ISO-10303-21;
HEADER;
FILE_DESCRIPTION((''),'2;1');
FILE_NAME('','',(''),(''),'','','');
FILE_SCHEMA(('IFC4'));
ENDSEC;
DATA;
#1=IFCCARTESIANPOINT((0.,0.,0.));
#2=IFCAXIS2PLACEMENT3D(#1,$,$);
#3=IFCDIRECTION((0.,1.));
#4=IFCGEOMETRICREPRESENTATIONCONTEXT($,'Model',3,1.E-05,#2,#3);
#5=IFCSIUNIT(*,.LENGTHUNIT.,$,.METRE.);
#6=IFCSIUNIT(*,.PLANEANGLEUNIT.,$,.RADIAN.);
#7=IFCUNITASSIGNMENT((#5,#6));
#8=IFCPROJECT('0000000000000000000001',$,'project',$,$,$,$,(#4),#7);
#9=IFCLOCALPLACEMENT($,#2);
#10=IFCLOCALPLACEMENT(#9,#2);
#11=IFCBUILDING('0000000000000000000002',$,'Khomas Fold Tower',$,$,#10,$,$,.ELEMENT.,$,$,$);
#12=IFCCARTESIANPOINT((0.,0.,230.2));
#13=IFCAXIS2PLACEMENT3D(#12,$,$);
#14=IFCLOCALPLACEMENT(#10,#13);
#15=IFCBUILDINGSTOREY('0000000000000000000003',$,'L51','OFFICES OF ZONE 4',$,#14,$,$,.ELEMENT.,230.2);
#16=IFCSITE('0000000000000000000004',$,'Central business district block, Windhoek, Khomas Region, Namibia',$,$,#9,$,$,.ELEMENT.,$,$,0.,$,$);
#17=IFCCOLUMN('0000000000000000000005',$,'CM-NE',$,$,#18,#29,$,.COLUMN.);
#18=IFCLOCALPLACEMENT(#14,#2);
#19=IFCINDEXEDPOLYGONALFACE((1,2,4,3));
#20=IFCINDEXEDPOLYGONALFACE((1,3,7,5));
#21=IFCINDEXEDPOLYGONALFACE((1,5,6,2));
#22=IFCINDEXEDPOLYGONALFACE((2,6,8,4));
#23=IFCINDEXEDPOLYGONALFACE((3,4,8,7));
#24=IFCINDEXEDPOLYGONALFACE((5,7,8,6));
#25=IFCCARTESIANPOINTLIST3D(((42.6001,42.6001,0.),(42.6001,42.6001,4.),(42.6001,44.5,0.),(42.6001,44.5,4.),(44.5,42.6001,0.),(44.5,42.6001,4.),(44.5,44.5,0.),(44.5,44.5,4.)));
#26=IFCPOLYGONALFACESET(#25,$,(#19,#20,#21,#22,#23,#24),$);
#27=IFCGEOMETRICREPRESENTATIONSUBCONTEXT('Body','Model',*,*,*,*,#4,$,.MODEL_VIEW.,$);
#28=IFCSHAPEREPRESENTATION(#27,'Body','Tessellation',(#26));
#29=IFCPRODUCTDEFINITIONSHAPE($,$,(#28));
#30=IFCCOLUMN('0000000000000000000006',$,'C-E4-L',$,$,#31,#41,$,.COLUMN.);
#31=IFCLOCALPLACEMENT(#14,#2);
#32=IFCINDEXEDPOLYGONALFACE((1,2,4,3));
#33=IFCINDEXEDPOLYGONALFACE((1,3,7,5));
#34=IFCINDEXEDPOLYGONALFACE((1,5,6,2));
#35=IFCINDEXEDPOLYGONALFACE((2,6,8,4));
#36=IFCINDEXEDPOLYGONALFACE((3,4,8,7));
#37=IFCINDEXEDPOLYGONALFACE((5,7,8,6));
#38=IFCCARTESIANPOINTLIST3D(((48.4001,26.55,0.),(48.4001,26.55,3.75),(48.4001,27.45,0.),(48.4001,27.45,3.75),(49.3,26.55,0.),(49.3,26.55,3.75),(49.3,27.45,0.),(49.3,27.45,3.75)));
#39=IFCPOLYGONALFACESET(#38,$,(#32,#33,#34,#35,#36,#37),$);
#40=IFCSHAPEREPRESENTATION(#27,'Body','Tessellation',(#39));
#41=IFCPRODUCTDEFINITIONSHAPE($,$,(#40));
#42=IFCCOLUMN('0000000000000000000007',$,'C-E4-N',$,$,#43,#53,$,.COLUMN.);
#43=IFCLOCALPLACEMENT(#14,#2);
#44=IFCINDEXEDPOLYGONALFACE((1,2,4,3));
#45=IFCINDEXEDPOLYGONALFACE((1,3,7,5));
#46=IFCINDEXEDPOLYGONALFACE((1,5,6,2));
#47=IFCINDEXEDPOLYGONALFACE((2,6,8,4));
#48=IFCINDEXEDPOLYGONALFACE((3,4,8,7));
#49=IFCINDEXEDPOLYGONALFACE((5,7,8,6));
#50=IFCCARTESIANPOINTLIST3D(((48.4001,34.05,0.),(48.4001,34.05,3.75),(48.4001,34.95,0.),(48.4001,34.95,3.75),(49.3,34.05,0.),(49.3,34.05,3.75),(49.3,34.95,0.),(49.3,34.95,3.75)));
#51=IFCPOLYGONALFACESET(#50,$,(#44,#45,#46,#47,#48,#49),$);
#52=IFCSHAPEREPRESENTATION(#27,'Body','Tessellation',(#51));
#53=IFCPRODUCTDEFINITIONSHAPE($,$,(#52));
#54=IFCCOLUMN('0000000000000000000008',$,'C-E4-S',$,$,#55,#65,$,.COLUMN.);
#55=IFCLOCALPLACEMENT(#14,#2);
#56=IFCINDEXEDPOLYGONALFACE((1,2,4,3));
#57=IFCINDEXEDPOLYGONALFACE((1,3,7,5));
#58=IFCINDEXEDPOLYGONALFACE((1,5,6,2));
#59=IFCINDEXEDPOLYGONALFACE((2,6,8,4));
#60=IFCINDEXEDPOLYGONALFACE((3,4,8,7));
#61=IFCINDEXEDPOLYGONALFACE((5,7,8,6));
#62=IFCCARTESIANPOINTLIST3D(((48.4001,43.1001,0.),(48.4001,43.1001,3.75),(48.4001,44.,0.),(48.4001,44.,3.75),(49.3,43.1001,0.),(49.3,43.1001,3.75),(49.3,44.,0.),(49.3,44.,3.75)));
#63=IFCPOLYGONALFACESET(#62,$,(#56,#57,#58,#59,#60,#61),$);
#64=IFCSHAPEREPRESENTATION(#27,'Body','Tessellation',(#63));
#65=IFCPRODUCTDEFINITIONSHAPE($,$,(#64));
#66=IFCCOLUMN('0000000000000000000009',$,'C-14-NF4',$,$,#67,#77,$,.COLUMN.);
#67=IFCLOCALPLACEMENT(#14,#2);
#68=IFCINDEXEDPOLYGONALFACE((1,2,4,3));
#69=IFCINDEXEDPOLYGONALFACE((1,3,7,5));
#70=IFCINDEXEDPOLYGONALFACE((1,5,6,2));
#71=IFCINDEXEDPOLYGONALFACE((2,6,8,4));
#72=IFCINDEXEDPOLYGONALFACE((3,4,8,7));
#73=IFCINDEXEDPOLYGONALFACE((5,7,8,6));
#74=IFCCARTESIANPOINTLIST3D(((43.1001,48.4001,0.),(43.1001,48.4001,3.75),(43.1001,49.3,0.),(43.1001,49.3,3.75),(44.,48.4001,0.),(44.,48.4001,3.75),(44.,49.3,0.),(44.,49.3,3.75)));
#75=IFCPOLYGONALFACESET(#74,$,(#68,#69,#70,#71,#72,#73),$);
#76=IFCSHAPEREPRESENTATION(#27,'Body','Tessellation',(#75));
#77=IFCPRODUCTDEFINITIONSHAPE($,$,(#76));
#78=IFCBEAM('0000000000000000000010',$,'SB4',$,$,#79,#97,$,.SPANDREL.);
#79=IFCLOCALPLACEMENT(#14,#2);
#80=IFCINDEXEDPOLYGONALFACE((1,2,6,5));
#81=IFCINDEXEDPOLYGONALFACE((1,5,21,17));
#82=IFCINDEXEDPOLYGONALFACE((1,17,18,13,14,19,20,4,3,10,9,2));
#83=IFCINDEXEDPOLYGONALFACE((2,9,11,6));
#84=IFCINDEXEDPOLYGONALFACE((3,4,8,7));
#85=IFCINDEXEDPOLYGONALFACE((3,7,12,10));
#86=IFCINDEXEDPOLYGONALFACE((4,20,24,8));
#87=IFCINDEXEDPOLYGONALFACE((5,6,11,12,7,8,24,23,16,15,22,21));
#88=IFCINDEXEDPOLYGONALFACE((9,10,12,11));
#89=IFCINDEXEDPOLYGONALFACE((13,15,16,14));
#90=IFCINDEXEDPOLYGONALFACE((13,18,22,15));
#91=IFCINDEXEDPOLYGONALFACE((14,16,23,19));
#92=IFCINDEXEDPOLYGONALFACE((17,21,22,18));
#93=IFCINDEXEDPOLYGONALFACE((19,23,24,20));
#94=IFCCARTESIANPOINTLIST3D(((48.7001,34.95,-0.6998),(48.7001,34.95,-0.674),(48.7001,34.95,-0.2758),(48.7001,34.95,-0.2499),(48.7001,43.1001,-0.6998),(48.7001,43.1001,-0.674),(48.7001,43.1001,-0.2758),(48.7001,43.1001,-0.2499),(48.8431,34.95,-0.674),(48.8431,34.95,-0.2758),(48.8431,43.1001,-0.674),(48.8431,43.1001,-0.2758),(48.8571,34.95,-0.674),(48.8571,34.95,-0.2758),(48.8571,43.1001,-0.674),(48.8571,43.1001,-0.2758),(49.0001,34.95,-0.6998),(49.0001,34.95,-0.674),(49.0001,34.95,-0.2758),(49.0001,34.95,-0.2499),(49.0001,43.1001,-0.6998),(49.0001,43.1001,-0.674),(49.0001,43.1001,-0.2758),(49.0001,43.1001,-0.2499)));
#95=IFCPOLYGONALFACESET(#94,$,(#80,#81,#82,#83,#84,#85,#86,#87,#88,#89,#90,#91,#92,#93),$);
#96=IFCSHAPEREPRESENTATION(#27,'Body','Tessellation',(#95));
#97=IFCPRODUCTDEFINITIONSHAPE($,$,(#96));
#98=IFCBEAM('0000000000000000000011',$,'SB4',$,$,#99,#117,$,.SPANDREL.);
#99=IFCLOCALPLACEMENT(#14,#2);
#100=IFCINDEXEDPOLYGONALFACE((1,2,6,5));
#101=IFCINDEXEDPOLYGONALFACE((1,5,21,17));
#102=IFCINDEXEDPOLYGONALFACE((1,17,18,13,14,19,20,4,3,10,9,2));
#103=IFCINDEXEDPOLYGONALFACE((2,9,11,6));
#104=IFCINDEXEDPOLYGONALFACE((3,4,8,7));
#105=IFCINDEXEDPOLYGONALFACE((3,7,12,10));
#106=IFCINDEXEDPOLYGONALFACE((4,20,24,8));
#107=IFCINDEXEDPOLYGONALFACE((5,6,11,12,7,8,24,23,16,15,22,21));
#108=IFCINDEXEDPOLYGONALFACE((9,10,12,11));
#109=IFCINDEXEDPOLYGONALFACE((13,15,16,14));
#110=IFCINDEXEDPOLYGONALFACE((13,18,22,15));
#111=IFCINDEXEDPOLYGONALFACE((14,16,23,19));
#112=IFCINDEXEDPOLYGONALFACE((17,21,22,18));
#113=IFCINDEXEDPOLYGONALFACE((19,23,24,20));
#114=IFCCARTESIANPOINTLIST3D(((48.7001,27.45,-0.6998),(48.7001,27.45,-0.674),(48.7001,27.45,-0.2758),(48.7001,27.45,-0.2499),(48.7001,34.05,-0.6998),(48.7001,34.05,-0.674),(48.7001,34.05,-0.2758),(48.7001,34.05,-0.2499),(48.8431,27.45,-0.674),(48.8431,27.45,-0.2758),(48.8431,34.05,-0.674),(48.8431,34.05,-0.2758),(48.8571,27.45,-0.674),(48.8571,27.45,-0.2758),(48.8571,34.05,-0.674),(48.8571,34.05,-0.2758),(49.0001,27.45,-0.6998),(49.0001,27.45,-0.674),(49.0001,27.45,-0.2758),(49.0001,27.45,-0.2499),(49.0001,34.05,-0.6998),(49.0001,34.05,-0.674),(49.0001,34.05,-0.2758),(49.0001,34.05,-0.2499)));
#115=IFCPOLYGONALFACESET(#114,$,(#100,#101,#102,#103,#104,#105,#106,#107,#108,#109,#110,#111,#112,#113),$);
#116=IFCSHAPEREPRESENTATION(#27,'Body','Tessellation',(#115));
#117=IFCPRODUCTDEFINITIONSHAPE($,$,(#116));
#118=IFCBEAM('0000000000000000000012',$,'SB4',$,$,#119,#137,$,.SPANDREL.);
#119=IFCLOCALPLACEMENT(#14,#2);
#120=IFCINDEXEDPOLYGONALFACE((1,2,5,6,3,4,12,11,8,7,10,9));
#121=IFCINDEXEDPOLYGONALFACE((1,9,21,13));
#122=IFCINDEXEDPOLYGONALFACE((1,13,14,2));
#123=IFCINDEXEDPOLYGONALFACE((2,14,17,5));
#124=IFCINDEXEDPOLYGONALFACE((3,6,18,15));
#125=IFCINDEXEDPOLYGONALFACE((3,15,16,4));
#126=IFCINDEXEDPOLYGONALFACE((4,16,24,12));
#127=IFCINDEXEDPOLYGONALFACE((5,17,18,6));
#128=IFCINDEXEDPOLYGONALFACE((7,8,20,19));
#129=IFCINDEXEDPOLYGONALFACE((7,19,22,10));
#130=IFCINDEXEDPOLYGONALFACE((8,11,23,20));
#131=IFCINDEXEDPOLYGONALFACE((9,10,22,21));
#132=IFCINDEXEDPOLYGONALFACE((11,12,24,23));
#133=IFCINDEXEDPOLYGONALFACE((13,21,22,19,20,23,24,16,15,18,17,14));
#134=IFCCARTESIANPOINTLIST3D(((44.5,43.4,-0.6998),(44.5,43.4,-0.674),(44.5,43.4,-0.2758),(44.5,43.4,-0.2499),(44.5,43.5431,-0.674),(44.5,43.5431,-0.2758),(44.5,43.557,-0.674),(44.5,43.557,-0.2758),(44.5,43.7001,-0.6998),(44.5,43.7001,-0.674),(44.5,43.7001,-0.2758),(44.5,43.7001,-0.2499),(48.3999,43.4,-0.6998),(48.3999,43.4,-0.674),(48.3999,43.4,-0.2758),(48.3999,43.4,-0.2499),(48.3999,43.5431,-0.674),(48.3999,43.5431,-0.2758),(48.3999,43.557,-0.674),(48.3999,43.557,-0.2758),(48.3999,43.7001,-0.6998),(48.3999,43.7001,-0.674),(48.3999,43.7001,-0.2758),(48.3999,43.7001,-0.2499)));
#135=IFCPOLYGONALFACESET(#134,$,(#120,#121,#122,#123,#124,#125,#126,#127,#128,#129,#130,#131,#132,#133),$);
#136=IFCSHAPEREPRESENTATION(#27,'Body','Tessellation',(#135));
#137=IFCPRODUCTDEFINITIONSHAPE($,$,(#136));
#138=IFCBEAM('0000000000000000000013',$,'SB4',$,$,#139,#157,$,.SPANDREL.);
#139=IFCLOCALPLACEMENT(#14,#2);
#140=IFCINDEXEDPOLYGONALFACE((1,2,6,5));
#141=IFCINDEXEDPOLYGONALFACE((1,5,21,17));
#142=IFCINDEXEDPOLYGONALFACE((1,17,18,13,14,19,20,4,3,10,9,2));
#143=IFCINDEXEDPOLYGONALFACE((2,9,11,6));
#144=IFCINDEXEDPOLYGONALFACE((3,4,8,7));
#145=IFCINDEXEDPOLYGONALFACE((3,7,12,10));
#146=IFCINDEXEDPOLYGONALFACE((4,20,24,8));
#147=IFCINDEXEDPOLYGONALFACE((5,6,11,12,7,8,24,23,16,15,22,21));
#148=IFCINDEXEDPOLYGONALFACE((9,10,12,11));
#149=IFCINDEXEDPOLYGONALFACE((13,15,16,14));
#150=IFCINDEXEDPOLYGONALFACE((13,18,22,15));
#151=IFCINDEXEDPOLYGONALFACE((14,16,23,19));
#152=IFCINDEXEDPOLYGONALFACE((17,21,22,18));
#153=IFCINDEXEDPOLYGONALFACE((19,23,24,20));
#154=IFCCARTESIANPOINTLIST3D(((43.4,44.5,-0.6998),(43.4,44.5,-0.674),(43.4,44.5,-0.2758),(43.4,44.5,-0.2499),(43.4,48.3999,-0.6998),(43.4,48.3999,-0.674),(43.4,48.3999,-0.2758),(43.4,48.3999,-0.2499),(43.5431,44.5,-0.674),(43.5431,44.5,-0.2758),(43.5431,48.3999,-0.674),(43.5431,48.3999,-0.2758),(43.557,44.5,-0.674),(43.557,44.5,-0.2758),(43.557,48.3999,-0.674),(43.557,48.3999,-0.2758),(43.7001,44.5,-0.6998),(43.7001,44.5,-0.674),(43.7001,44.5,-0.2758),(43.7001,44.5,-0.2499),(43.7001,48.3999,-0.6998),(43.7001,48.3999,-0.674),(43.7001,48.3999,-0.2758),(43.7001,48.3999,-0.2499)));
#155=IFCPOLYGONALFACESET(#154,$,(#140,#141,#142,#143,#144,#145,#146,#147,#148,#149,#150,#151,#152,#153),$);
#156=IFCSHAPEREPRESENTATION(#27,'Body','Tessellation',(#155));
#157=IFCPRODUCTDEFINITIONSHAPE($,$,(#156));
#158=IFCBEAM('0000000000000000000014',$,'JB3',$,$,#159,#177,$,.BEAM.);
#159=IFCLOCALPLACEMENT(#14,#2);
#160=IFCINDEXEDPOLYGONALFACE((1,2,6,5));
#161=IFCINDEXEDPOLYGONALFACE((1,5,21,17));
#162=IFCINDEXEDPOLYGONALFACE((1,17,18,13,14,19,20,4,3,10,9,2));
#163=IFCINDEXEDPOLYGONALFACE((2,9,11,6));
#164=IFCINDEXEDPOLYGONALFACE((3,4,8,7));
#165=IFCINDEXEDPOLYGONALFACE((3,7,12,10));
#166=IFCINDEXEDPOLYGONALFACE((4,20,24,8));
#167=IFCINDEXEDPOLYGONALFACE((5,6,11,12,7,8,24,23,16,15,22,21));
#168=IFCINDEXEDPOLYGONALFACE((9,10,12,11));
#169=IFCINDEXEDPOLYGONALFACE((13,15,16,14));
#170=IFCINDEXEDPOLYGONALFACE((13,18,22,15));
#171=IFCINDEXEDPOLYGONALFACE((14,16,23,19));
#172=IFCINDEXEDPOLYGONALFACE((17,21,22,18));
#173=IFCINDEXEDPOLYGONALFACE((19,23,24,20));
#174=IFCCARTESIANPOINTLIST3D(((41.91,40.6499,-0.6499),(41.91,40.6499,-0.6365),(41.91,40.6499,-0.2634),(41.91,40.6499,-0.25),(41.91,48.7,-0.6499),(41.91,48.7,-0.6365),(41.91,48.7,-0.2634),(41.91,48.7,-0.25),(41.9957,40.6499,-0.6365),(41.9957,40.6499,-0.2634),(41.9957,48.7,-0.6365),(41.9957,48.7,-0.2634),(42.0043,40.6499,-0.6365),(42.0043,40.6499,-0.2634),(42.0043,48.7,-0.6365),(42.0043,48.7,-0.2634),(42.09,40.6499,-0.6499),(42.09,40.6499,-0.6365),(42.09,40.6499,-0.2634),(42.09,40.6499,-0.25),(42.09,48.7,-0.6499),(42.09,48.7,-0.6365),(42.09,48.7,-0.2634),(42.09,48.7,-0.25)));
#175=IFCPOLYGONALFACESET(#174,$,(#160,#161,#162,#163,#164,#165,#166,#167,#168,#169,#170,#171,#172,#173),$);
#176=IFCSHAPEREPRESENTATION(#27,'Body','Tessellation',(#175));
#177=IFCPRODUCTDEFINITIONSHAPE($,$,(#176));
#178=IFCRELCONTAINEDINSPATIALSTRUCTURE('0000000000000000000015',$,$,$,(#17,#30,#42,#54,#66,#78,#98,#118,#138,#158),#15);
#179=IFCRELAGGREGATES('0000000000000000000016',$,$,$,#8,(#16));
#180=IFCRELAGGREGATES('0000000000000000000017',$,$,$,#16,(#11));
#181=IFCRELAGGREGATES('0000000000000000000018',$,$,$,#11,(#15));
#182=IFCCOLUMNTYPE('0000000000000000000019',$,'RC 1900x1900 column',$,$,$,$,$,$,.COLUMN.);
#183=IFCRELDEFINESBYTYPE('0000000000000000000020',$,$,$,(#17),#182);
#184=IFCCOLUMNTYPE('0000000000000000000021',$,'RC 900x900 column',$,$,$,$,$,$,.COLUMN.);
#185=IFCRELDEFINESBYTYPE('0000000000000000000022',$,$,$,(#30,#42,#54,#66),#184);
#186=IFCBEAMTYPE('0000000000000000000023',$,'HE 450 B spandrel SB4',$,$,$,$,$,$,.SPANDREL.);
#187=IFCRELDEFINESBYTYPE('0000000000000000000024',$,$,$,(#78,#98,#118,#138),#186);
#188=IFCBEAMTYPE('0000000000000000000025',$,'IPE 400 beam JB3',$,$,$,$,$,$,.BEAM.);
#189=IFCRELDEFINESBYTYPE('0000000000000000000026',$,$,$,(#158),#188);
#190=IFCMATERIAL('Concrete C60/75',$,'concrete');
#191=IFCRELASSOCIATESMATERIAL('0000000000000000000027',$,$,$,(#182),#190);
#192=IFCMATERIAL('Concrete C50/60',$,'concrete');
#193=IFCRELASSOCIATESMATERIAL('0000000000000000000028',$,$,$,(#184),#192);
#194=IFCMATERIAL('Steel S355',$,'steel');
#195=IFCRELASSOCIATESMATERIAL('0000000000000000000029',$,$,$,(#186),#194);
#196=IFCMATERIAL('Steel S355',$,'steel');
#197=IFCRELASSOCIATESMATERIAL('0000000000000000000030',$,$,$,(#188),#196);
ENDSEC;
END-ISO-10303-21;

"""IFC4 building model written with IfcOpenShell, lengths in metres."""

from ifc_helpers import new_model, si_unit, direction, frame, origin, origin_2d, place, context, subcontext, project, spatial, rectangle, i_section, extrude, source, transform, mapped, material, material_profile, profile_set, type_object, element, save


model = new_model("IFC4")

# Units and contexts
model_context = context("Model", 3, precision=1e-05, world=origin(), true_north=direction((0.0, 1.0)))
body_context = subcontext(model_context, "Body", "Model", "MODEL_VIEW")
ifc_project = project(units=[si_unit("LENGTHUNIT", "METRE"), si_unit("PLANEANGLEUNIT", "RADIAN")], contexts=[model_context])

# Site, building, storey
site_placement = place(None, origin())
site = spatial("IfcSite", under=ifc_project, at=site_placement, Name="Central business district block, Windhoek, Khomas Region, Namibia", CompositionType="ELEMENT", RefElevation=0.0)
building_placement = place(site_placement, origin())
building = spatial("IfcBuilding", under=site, at=building_placement, Name="Khomas Fold Tower", CompositionType="ELEMENT")
storey_placement = place(building_placement, frame((0.0, 0.0, 230.2)))
storey = spatial("IfcBuildingStorey", under=building, at=storey_placement, Name="L51", Description="OFFICES OF ZONE 4", CompositionType="ELEMENT", Elevation=230.2)

# Columns
ifc_material_1 = material(Name="Concrete C60/75", Category="concrete")
ifc_material_profile_1 = material_profile(ifc_material_1, rectangle(XDim=1.8999, YDim=1.8999, at=origin_2d()), Name="RC 1900x1900")
ifc_profile_set_1 = profile_set([ifc_material_profile_1], Name="Concrete C60/75")
column_type_1 = type_object("IfcColumnType", Name="RC 1900x1900 column", PredefinedType="COLUMN", material=ifc_profile_set_1)
shared_shape_1 = source(origin(), body_context, "Body", "SweptSolid", [
    extrude(rectangle(XDim=1.8999, YDim=1.8999, at=origin_2d()), origin(), (0.0, 0.0, 1.0), 4.0),
])
column_placement = place(storey_placement, frame((43.55, 43.55, 0.0), z_axis=(0.0, 0.0, 1.0), x_axis=(1.0, 0.0, 0.0)))
element("IfcColumn", 1, at=column_placement, inside=storey, type_object=column_type_1, Name="CM-NE", PredefinedType="COLUMN", context=body_context, shape_type="MappedRepresentation", body=[
    mapped(shared_shape_1, transform((0.0, 0.0, 0.0))),
])
ifc_material_2 = material(Name="Concrete C50/60", Category="concrete")
ifc_material_profile_2 = material_profile(ifc_material_2, rectangle(XDim=0.8999, YDim=0.8999, at=origin_2d()), Name="RC 900x900")
ifc_profile_set_2 = profile_set([ifc_material_profile_2], Name="Concrete C50/60")
column_type_2 = type_object("IfcColumnType", Name="RC 900x900 column", PredefinedType="COLUMN", material=ifc_profile_set_2)
shared_shape_2 = source(origin(), body_context, "Body", "SweptSolid", [
    extrude(rectangle(XDim=0.8999, YDim=0.8999, at=origin_2d()), origin(), (0.0, 0.0, 1.0), 3.75),
])
for number, where, z_axis, x_axis, name in (
    (2, (48.8501, 27.0, 0.0), (0.0, 0.0, 1.0), (1.0, 0.0, 0.0), "C-E4-L"),
    (3, (48.8501, 34.5, 0.0), (0.0, 0.0, 1.0), (1.0, 0.0, 0.0), "C-E4-N"),
    (4, (48.8501, 43.55, 0.0), (0.0, 0.0, 1.0), (1.0, 0.0, 0.0), "C-E4-S"),
    (5, (43.55, 48.8501, 0.0), (0.0, 0.0, 1.0), (1.0, 0.0, 0.0), "C-14-NF4"),
):
    element("IfcColumn", number, at=place(storey_placement, frame(where, z_axis=z_axis, x_axis=x_axis)), inside=storey, type_object=column_type_2, Name=name, PredefinedType="COLUMN", context=body_context, shape_type="MappedRepresentation", body=[
        mapped(shared_shape_2, transform((0.0, 0.0, 0.0))),
    ])

# Beams
ifc_material_3 = material(Name="Steel S355", Category="steel")
ifc_material_profile_3 = material_profile(ifc_material_3, i_section(OverallWidth=0.3, OverallDepth=0.45, WebThickness=0.0139, FlangeThickness=0.0259, at=origin_2d()), Name="HE 450 B")
ifc_profile_set_3 = profile_set([ifc_material_profile_3], Name="Steel S355")
beam_type_1 = type_object("IfcBeamType", Name="HE 450 B spandrel SB4", PredefinedType="SPANDREL", material=ifc_profile_set_3)
shared_shape_3 = source(origin(), body_context, "Body", "SweptSolid", [
    extrude(i_section(OverallWidth=0.3, OverallDepth=0.45, WebThickness=0.0139, FlangeThickness=0.0259, at=origin_2d()), origin(), (0.0, 0.0, 1.0), 8.1501),
])
beam_1_placement = place(storey_placement, frame((48.8501, 34.95, -0.4749), z_axis=(0.0, 1.0, 0.0), x_axis=(-1.0, 0.0, 0.0)))
element("IfcBeam", 6, at=beam_1_placement, inside=storey, type_object=beam_type_1, Name="SB4", PredefinedType="SPANDREL", context=body_context, shape_type="MappedRepresentation", body=[
    mapped(shared_shape_3, transform((0.0, 0.0, 0.0))),
])
shared_shape_4 = source(origin(), body_context, "Body", "SweptSolid", [
    extrude(i_section(OverallWidth=0.3, OverallDepth=0.45, WebThickness=0.0139, FlangeThickness=0.0259, at=origin_2d()), origin(), (0.0, 0.0, 1.0), 6.6001),
])
beam_2_placement = place(storey_placement, frame((48.8501, 27.45, -0.4749), z_axis=(0.0, 1.0, 0.0), x_axis=(-1.0, 0.0, 0.0)))
element("IfcBeam", 7, at=beam_2_placement, inside=storey, type_object=beam_type_1, Name="SB4", PredefinedType="SPANDREL", context=body_context, shape_type="MappedRepresentation", body=[
    mapped(shared_shape_4, transform((0.0, 0.0, 0.0))),
])
shared_shape_5 = source(origin(), body_context, "Body", "SweptSolid", [
    extrude(i_section(OverallWidth=0.3, OverallDepth=0.45, WebThickness=0.0139, FlangeThickness=0.0259, at=origin_2d()), origin(), (0.0, 0.0, 1.0), 3.8999),
])
for number, where, z_axis, x_axis, name in (
    (8, (44.5, 43.55, -0.4749), (1.0, 0.0, 0.0), (0.0, 1.0, 0.0), "SB4"),
    (9, (43.55, 44.5, -0.4749), (0.0, 1.0, 0.0), (-1.0, 0.0, 0.0), "SB4"),
):
    element("IfcBeam", number, at=place(storey_placement, frame(where, z_axis=z_axis, x_axis=x_axis)), inside=storey, type_object=beam_type_1, Name=name, PredefinedType="SPANDREL", context=body_context, shape_type="MappedRepresentation", body=[
        mapped(shared_shape_5, transform((0.0, 0.0, 0.0))),
    ])
ifc_material_4 = material(Name="Steel S355", Category="steel")
ifc_material_profile_4 = material_profile(ifc_material_4, i_section(OverallWidth=0.1799, OverallDepth=0.3999, WebThickness=0.0085, FlangeThickness=0.0134, at=origin_2d()), Name="IPE 400")
ifc_profile_set_4 = profile_set([ifc_material_profile_4], Name="Steel S355")
beam_type_2 = type_object("IfcBeamType", Name="IPE 400 beam JB3", PredefinedType="BEAM", material=ifc_profile_set_4)
shared_shape_6 = source(origin(), body_context, "Body", "SweptSolid", [
    extrude(i_section(OverallWidth=0.1799, OverallDepth=0.3999, WebThickness=0.0085, FlangeThickness=0.0134, at=origin_2d()), origin(), (0.0, 0.0, 1.0), 8.05),
])
beam_3_placement = place(storey_placement, frame((42.0, 40.6499, -0.45), z_axis=(0.0, 1.0, 0.0), x_axis=(-1.0, 0.0, 0.0)))
element("IfcBeam", 10, at=beam_3_placement, inside=storey, type_object=beam_type_2, Name="JB3", PredefinedType="BEAM", context=body_context, shape_type="MappedRepresentation", body=[
    mapped(shared_shape_6, transform((0.0, 0.0, 0.0))),
])

save(model, "model.ifc")
